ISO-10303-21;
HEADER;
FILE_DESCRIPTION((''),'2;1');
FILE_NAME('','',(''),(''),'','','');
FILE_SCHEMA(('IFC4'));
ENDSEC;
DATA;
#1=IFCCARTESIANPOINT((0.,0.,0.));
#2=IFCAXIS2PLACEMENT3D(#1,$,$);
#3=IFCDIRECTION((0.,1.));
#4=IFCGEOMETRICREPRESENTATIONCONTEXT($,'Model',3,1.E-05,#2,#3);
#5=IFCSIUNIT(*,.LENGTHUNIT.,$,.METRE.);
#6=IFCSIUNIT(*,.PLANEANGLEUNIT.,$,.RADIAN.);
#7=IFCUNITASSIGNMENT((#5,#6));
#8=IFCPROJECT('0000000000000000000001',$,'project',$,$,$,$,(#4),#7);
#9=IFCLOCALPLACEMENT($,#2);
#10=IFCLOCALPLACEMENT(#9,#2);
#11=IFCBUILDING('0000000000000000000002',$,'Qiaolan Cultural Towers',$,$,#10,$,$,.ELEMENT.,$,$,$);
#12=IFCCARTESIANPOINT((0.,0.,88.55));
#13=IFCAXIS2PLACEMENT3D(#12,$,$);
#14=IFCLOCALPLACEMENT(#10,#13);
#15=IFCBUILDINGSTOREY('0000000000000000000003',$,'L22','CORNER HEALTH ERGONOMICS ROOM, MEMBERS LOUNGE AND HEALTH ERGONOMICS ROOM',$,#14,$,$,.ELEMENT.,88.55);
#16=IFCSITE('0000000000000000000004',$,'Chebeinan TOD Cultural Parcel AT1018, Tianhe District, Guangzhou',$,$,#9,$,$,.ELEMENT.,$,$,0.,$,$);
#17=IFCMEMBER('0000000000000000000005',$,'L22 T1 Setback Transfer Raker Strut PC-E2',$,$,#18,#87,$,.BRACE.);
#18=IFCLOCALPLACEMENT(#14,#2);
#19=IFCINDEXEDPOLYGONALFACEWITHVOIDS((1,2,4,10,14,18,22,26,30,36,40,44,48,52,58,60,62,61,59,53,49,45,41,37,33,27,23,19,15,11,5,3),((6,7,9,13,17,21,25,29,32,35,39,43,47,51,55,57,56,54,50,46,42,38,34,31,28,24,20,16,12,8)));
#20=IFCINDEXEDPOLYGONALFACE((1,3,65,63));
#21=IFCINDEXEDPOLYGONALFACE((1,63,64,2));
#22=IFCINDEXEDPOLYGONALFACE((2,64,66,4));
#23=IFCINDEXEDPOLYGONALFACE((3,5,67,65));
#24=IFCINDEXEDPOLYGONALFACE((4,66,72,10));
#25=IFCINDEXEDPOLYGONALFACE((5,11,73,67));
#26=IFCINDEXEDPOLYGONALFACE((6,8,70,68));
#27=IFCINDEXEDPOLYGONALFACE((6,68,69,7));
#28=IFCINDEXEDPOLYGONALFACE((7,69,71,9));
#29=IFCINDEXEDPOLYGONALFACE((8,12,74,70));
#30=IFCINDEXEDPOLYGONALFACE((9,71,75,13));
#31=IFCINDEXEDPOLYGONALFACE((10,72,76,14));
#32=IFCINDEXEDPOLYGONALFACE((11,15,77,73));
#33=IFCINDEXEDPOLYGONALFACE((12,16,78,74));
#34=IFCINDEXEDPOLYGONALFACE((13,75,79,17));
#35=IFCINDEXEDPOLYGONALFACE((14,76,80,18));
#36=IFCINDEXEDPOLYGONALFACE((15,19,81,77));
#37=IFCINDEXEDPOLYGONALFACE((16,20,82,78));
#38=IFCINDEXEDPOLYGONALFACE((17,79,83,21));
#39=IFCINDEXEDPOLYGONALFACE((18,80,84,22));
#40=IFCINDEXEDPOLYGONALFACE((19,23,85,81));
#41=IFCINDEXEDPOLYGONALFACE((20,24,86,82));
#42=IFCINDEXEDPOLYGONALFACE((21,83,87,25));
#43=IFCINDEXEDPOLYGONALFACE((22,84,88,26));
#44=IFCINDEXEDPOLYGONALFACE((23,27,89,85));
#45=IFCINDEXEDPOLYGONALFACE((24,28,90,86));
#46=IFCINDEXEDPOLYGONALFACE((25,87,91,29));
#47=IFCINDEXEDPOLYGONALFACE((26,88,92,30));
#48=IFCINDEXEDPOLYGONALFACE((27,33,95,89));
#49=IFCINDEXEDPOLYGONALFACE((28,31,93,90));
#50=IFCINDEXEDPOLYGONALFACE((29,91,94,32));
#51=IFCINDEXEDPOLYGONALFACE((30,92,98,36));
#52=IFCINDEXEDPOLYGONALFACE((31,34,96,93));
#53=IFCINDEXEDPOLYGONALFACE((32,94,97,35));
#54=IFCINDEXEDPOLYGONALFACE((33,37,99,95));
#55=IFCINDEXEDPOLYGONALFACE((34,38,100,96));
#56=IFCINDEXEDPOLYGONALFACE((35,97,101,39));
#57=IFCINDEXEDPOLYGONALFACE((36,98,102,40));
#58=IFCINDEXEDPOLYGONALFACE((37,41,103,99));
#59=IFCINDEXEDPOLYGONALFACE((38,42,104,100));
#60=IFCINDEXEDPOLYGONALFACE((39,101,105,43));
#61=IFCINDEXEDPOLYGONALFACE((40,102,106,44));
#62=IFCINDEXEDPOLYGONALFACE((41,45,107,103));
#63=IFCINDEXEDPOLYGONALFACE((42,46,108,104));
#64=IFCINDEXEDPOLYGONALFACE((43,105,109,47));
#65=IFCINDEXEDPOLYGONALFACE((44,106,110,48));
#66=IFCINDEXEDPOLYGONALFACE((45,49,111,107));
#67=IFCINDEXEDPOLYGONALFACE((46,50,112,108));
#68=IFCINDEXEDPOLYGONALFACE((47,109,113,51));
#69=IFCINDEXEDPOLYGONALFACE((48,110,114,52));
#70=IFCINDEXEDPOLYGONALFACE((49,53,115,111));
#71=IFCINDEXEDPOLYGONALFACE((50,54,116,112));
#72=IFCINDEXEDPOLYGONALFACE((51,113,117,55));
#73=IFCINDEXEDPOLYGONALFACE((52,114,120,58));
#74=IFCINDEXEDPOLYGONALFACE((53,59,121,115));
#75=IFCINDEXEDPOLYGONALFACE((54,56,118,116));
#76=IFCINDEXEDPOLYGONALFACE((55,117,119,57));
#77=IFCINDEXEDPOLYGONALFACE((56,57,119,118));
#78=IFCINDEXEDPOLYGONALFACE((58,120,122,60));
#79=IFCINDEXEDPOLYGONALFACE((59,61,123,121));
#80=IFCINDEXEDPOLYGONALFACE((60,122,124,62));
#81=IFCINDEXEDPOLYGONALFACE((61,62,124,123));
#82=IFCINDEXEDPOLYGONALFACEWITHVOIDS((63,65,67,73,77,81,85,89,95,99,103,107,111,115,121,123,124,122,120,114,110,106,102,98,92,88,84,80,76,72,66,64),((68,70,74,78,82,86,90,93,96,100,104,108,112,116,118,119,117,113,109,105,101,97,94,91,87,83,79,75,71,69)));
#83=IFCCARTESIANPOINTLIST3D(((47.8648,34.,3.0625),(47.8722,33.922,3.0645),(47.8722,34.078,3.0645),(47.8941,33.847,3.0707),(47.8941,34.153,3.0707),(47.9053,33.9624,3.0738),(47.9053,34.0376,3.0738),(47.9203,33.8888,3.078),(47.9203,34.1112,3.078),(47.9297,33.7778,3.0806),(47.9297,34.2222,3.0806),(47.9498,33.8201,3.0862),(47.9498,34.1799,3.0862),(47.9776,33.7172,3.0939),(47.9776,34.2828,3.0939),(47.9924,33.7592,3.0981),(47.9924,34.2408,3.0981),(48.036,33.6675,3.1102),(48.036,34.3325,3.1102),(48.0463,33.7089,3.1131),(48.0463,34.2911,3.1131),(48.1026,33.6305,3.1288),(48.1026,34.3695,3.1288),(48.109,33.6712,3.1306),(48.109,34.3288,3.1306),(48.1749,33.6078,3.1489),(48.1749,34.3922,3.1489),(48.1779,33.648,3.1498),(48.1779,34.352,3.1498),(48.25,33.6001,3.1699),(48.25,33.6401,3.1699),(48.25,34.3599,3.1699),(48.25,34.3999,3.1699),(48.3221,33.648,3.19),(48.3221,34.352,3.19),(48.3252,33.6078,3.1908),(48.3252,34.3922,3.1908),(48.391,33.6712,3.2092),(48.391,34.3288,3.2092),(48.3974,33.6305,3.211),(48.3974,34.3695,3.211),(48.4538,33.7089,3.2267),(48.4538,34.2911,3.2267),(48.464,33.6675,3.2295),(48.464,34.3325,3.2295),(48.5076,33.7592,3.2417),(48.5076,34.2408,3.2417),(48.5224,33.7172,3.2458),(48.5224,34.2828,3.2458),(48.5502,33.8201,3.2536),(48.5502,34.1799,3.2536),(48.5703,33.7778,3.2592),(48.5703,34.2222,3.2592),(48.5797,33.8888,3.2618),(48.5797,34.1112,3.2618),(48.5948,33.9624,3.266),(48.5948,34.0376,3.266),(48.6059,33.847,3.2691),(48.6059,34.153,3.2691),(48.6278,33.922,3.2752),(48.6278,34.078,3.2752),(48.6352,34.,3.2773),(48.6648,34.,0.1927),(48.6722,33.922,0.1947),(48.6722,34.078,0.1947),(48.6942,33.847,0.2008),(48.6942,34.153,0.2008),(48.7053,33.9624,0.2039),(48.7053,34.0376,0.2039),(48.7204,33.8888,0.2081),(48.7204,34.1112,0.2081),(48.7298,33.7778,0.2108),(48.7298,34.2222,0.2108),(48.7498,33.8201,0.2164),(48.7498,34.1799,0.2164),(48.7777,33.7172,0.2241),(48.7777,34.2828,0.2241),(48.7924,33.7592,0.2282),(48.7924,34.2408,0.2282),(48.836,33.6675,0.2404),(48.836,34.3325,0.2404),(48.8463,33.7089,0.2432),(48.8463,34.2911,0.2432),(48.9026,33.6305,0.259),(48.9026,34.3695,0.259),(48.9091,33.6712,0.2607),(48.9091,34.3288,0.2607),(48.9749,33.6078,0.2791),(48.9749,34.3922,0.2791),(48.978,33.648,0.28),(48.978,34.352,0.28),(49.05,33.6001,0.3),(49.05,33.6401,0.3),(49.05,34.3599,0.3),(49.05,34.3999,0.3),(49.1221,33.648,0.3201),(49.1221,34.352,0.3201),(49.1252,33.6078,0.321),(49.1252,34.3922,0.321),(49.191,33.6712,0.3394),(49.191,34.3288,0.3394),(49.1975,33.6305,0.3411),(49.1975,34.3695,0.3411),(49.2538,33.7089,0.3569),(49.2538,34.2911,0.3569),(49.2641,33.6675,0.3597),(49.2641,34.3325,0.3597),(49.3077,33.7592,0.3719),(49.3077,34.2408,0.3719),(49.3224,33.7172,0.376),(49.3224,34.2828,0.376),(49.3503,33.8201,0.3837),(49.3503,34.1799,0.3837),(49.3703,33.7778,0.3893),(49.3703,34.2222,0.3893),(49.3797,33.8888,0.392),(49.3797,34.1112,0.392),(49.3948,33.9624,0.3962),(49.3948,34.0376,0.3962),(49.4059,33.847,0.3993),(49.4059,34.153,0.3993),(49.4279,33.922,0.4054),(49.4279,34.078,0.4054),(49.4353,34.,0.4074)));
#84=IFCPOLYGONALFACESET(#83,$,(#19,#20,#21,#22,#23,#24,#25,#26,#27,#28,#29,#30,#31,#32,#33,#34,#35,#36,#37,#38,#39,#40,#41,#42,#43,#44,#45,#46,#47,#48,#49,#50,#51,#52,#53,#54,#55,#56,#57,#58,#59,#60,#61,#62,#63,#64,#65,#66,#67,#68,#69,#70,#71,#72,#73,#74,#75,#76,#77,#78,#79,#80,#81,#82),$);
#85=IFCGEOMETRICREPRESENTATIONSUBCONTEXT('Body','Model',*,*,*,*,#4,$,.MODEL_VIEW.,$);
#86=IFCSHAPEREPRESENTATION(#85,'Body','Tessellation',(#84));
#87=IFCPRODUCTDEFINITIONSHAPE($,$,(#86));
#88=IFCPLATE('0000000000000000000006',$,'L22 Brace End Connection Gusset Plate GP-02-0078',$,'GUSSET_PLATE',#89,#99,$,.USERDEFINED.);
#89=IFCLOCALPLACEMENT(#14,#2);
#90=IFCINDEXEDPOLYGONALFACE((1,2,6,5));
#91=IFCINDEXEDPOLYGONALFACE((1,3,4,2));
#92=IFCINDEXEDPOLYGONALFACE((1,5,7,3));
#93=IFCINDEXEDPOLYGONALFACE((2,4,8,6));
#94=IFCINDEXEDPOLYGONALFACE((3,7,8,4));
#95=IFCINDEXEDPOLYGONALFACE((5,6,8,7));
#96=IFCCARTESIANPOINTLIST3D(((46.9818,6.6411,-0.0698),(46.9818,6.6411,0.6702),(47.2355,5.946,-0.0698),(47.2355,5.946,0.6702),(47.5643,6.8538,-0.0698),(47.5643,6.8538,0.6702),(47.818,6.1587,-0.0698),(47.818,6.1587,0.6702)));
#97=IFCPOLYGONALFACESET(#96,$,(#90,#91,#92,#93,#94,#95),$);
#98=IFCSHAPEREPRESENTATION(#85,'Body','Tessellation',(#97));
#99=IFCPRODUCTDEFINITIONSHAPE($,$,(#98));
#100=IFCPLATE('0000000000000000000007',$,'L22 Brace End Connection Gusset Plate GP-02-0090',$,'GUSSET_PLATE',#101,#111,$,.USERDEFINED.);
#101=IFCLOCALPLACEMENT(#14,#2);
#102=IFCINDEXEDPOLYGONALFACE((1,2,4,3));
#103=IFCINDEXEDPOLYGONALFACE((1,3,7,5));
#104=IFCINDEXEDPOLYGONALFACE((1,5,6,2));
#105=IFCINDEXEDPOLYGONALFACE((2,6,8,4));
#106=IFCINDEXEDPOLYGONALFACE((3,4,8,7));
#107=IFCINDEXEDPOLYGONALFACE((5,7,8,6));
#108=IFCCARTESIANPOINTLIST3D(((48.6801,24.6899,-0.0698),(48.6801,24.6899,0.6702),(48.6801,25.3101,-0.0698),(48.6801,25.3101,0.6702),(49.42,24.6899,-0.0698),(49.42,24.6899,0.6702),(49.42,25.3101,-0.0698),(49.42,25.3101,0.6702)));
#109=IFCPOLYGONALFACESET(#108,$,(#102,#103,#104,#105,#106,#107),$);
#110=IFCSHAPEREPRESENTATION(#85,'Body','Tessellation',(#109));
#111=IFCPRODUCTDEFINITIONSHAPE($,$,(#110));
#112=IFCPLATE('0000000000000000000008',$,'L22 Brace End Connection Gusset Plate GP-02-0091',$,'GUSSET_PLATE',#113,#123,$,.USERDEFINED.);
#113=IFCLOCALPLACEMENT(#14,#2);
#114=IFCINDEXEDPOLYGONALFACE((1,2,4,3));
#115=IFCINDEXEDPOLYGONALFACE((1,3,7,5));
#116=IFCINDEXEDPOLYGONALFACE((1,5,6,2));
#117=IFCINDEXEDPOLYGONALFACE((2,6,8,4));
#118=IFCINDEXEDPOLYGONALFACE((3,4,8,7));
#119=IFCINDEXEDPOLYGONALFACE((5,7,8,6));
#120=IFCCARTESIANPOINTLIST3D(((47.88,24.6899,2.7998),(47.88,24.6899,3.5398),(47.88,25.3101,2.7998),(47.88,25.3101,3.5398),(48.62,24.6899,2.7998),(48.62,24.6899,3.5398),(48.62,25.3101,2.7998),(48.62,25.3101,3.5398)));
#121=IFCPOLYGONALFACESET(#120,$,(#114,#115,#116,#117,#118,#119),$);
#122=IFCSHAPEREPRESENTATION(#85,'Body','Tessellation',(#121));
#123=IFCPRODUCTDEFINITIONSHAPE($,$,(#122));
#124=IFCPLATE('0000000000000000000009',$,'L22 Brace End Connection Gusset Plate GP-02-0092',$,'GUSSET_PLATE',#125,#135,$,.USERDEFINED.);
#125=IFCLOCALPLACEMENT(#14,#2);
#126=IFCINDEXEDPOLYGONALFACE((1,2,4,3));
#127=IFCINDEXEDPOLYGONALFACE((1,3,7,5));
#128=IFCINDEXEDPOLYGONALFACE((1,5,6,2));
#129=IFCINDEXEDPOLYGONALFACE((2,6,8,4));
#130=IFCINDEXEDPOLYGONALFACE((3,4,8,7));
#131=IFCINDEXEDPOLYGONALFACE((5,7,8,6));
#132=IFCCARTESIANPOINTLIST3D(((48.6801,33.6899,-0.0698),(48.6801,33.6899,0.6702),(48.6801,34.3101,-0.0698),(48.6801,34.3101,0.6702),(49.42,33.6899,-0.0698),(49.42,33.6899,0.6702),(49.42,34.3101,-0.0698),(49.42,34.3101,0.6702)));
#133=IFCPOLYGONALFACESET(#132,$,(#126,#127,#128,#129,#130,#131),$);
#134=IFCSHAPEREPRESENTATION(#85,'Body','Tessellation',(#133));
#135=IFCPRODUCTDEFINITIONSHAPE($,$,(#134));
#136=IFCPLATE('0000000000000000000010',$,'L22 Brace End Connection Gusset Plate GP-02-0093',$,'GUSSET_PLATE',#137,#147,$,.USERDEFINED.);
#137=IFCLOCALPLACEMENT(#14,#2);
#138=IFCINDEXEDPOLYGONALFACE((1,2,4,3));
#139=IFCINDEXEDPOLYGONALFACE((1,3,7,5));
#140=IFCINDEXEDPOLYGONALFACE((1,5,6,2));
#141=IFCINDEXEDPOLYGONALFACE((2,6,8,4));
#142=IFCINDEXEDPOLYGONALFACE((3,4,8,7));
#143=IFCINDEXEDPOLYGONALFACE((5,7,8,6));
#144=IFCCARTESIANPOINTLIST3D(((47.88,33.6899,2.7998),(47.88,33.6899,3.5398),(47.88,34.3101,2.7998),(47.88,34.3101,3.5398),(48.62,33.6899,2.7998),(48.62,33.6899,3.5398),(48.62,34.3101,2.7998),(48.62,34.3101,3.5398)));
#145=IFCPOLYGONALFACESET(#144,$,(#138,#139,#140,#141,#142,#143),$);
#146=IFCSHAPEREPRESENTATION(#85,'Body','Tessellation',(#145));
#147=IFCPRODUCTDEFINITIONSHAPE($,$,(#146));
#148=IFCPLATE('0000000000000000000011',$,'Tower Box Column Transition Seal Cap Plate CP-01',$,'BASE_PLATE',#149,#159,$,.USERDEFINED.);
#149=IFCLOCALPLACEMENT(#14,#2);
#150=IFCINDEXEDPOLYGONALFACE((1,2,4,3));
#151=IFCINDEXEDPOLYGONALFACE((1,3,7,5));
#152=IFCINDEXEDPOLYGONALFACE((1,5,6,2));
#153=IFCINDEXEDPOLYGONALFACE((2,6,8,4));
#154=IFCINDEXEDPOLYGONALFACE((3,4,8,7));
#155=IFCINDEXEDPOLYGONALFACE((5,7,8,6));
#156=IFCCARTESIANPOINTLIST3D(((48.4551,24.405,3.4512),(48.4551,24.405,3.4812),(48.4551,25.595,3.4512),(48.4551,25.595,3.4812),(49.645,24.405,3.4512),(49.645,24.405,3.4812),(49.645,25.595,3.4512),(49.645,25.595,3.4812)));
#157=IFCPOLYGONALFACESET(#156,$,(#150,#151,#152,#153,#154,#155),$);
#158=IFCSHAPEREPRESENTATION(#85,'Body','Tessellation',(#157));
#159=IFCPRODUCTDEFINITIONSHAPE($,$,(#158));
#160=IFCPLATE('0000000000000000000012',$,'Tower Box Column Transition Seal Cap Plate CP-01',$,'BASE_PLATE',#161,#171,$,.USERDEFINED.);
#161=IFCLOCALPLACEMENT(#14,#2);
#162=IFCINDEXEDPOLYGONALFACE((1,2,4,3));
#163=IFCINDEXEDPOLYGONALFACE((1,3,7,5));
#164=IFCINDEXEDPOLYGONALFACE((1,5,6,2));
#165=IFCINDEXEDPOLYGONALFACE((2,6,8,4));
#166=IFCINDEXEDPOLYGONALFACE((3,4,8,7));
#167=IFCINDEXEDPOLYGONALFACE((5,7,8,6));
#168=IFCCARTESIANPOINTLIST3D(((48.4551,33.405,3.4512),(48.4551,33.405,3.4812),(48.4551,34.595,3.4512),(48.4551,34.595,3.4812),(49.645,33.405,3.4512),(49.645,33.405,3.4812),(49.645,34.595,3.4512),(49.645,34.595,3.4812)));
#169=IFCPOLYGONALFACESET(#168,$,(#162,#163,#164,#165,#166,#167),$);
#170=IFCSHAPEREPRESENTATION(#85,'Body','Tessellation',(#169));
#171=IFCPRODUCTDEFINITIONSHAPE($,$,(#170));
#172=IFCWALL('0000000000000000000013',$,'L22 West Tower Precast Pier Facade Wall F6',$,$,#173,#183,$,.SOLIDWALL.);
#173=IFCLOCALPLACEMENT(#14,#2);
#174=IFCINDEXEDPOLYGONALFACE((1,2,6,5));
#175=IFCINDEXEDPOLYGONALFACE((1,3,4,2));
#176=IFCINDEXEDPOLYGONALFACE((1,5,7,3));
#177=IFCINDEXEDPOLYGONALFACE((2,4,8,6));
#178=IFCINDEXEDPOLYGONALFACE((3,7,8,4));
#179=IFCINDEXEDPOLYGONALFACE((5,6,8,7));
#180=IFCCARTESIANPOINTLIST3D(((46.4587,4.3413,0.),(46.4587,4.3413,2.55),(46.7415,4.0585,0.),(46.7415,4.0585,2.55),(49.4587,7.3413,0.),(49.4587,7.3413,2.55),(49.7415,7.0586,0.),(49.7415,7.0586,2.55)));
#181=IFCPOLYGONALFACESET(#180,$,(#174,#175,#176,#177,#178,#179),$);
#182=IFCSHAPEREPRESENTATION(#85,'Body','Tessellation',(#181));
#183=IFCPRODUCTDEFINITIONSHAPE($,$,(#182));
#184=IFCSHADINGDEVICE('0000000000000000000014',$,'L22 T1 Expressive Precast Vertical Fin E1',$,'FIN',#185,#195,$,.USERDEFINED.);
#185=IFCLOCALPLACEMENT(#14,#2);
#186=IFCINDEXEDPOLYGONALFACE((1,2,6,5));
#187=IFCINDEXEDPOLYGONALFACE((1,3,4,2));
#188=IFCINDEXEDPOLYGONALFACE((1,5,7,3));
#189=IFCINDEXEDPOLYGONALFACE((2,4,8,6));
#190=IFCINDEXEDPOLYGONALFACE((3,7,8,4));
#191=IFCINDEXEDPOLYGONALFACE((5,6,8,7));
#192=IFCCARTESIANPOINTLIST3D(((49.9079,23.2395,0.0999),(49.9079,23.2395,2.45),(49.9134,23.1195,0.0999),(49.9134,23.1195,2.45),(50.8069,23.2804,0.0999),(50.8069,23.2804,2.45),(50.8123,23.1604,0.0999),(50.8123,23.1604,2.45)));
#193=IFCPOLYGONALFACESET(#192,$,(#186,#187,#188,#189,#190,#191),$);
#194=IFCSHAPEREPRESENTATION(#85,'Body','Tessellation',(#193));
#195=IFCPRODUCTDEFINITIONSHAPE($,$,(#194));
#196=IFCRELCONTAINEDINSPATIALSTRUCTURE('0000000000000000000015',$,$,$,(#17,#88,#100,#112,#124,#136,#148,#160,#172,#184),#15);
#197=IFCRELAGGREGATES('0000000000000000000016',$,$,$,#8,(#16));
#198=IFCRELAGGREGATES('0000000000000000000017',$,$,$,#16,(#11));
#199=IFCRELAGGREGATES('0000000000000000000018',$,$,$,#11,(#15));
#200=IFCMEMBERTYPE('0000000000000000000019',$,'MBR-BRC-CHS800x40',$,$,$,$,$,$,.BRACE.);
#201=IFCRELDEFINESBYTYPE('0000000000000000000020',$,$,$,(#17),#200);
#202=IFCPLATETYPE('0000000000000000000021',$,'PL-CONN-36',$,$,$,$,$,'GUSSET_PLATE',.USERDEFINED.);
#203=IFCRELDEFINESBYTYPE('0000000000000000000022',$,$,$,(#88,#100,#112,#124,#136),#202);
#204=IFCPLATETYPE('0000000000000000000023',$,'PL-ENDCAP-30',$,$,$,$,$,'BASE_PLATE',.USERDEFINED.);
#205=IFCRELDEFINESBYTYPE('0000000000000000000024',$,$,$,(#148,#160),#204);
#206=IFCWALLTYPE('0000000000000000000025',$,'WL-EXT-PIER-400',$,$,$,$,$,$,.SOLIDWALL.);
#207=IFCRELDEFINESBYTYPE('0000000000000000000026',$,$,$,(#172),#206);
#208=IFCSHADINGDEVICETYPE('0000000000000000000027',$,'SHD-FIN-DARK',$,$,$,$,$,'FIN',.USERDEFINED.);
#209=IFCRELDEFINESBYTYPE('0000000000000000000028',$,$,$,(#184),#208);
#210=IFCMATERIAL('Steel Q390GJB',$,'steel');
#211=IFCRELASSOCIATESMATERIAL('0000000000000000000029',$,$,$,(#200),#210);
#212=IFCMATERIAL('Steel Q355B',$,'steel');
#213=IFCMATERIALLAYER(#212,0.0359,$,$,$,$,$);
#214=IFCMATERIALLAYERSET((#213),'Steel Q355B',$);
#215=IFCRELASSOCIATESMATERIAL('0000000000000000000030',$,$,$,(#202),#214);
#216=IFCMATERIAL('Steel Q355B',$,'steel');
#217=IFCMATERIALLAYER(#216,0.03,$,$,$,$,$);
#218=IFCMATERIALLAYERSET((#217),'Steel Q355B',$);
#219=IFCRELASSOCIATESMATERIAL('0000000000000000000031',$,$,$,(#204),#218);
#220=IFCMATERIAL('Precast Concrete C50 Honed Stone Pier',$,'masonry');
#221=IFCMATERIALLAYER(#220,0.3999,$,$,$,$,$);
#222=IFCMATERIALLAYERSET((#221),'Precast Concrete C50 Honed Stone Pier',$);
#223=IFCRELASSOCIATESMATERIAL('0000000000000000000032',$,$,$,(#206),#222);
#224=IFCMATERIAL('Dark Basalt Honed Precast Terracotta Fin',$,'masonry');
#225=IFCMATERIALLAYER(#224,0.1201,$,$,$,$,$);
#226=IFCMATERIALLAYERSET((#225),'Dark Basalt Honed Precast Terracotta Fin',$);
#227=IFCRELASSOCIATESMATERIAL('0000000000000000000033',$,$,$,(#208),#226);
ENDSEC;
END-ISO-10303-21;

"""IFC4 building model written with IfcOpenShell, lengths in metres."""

from ifc_helpers import new_model, si_unit, direction, frame, frame_2d, origin, origin_2d, place, context, subcontext, project, spatial, rectangle, hollow_circle, extrude, material, layer, layer_set, material_profile, profile_set, type_object, element, save


model = new_model("IFC4")

# Units and contexts
model_context = context("Model", 3, precision=1e-05, world=origin(), true_north=direction((0.0, 1.0)))
body_context = subcontext(model_context, "Body", "Model", "MODEL_VIEW")
ifc_project = project(units=[si_unit("LENGTHUNIT", "METRE"), si_unit("PLANEANGLEUNIT", "RADIAN")], contexts=[model_context])

# Site, building, storey
site_placement = place(None, origin())
site = spatial("IfcSite", under=ifc_project, at=site_placement, Name="Chebeinan TOD Cultural Parcel AT1018, Tianhe District, Guangzhou", CompositionType="ELEMENT", RefElevation=0.0)
building_placement = place(site_placement, origin())
building = spatial("IfcBuilding", under=site, at=building_placement, Name="Qiaolan Cultural Towers", CompositionType="ELEMENT")
storey_placement = place(building_placement, frame((0.0, 0.0, 88.55)))
storey = spatial("IfcBuildingStorey", under=building, at=storey_placement, Name="L22", Description="CORNER HEALTH ERGONOMICS ROOM, MEMBERS LOUNGE AND HEALTH ERGONOMICS ROOM", CompositionType="ELEMENT", Elevation=88.55)

# Member
ifc_material_1 = material(Name="Steel Q390GJB", Category="steel")
ifc_material_profile_1 = material_profile(ifc_material_1, hollow_circle(Radius=0.3999, WallThickness=0.04, at=origin_2d()), Name="CHS800x40")
ifc_profile_set_1 = profile_set([ifc_material_profile_1], Name="Steel Q390GJB")
member_type = type_object("IfcMemberType", Name="MBR-BRC-CHS800x40", PredefinedType="BRACE", material=ifc_profile_set_1)
for number, where, z_axis, x_axis, name in (
    (1, (49.05, 34.0, 0.3), (-0.268536, 0.0, 0.96327), (0.0, -1.0, 0.0), "L22 T1 Setback Transfer Raker Strut PC-E2"),
):
    element("IfcMember", number, at=place(storey_placement, frame(where, z_axis=z_axis, x_axis=x_axis)), inside=storey, type_object=member_type, Name=name, PredefinedType="BRACE", context=body_context, shape_type="SweptSolid", body=[
        extrude(hollow_circle(Radius=0.3999, WallThickness=0.04, at=origin_2d()), origin(), (0.0, 0.0, 1.0), 2.9792),
    ])

# Plates
ifc_material_2 = material(Name="Steel Q355B", Category="steel")
ifc_layer_1 = layer(ifc_material_2, 0.0359)
ifc_layer_set_1 = layer_set([ifc_layer_1], Name="Steel Q355B")
plate_type_1 = type_object("IfcPlateType", Name="PL-CONN-36", ElementType="GUSSET_PLATE", PredefinedType="USERDEFINED", material=ifc_layer_set_1)
for number, where, z_axis, x_axis, name in (
    (2, (47.3999, 6.3999, -0.0698), (0.0, 0.0, 1.0), (-0.34294, 0.939357, 0.0), "L22 Brace End Connection Gusset Plate GP-02-0078"),
    (3, (49.05, 25.0, -0.0698), (0.0, 0.0, 1.0), (1.0, 0.0, 0.0), "L22 Brace End Connection Gusset Plate GP-02-0090"),
    (4, (48.25, 25.0, 2.7998), (0.0, 0.0, 1.0), (1.0, 0.0, 0.0), "L22 Brace End Connection Gusset Plate GP-02-0091"),
    (5, (49.05, 34.0, -0.0698), (0.0, 0.0, 1.0), (1.0, 0.0, 0.0), "L22 Brace End Connection Gusset Plate GP-02-0092"),
    (6, (48.25, 34.0, 2.7998), (0.0, 0.0, 1.0), (1.0, 0.0, 0.0), "L22 Brace End Connection Gusset Plate GP-02-0093"),
):
    element("IfcPlate", number, at=place(storey_placement, frame(where, z_axis=z_axis, x_axis=x_axis)), inside=storey, type_object=plate_type_1, Name=name, ObjectType="GUSSET_PLATE", PredefinedType="USERDEFINED", context=body_context, shape_type="SweptSolid", body=[
        extrude(rectangle(XDim=0.74, YDim=0.6201, at=origin_2d()), origin(), (0.0, 0.0, 1.0), 0.74),
    ])
ifc_material_3 = material(Name="Steel Q355B", Category="steel")
ifc_layer_2 = layer(ifc_material_3, 0.03)
ifc_layer_set_2 = layer_set([ifc_layer_2], Name="Steel Q355B")
plate_type_2 = type_object("IfcPlateType", Name="PL-ENDCAP-30", ElementType="BASE_PLATE", PredefinedType="USERDEFINED", material=ifc_layer_set_2)
for number, where, z_axis, x_axis, name in (
    (7, (49.05, 25.0, 3.4512), (0.0, 0.0, 1.0), (1.0, 0.0, 0.0), "Tower Box Column Transition Seal Cap Plate CP-01"),
    (8, (49.05, 34.0, 3.4512), (0.0, 0.0, 1.0), (1.0, 0.0, 0.0), "Tower Box Column Transition Seal Cap Plate CP-01"),
):
    element("IfcPlate", number, at=place(storey_placement, frame(where, z_axis=z_axis, x_axis=x_axis)), inside=storey, type_object=plate_type_2, Name=name, ObjectType="BASE_PLATE", PredefinedType="USERDEFINED", context=body_context, shape_type="SweptSolid", body=[
        extrude(rectangle(XDim=1.1899, YDim=1.1899, at=origin_2d()), origin(), (0.0, 0.0, 1.0), 0.03),
    ])

# Wall
ifc_material_4 = material(Name="Precast Concrete C50 Honed Stone Pier", Category="masonry")
ifc_layer_3 = layer(ifc_material_4, 0.3999)
ifc_layer_set_3 = layer_set([ifc_layer_3], Name="Precast Concrete C50 Honed Stone Pier")
wall_type = type_object("IfcWallType", Name="WL-EXT-PIER-400", PredefinedType="SOLIDWALL", material=ifc_layer_set_3)
wall_placement = place(storey_placement, frame((49.6001, 7.2, 0.0), z_axis=(0.0, 0.0, 1.0), x_axis=(-0.707107, -0.707107, 0.0)))
element("IfcWall", 9, at=wall_placement, inside=storey, type_object=wall_type, Name="L22 West Tower Precast Pier Facade Wall F6", PredefinedType="SOLIDWALL", context=body_context, shape_type="SweptSolid", body=[
    extrude(rectangle(XDim=4.2427, YDim=0.3999, at=frame_2d((2.1213, 0.0))), origin(), (0.0, 0.0, 1.0), 2.55),
])

# Shading device
ifc_material_5 = material(Name="Dark Basalt Honed Precast Terracotta Fin", Category="masonry")
ifc_layer_4 = layer(ifc_material_5, 0.1201)
ifc_layer_set_4 = layer_set([ifc_layer_4], Name="Dark Basalt Honed Precast Terracotta Fin")
shading_device_type = type_object("IfcShadingDeviceType", Name="SHD-FIN-DARK", ElementType="FIN", PredefinedType="USERDEFINED", material=ifc_layer_set_4)
shading_device_placement = place(storey_placement, frame((50.3601, 23.2, 0.0999), z_axis=(0.0, 0.0, 1.0), x_axis=(0.998967, 0.045445, 0.0)))
element("IfcShadingDevice", 10, at=shading_device_placement, inside=storey, type_object=shading_device_type, Name="L22 T1 Expressive Precast Vertical Fin E1", ObjectType="FIN", PredefinedType="USERDEFINED", context=body_context, shape_type="SweptSolid", body=[
    extrude(rectangle(XDim=0.8999, YDim=0.1201, at=origin_2d()), origin(), (0.0, 0.0, 1.0), 2.3501),
])

save(model, "model.ifc")
